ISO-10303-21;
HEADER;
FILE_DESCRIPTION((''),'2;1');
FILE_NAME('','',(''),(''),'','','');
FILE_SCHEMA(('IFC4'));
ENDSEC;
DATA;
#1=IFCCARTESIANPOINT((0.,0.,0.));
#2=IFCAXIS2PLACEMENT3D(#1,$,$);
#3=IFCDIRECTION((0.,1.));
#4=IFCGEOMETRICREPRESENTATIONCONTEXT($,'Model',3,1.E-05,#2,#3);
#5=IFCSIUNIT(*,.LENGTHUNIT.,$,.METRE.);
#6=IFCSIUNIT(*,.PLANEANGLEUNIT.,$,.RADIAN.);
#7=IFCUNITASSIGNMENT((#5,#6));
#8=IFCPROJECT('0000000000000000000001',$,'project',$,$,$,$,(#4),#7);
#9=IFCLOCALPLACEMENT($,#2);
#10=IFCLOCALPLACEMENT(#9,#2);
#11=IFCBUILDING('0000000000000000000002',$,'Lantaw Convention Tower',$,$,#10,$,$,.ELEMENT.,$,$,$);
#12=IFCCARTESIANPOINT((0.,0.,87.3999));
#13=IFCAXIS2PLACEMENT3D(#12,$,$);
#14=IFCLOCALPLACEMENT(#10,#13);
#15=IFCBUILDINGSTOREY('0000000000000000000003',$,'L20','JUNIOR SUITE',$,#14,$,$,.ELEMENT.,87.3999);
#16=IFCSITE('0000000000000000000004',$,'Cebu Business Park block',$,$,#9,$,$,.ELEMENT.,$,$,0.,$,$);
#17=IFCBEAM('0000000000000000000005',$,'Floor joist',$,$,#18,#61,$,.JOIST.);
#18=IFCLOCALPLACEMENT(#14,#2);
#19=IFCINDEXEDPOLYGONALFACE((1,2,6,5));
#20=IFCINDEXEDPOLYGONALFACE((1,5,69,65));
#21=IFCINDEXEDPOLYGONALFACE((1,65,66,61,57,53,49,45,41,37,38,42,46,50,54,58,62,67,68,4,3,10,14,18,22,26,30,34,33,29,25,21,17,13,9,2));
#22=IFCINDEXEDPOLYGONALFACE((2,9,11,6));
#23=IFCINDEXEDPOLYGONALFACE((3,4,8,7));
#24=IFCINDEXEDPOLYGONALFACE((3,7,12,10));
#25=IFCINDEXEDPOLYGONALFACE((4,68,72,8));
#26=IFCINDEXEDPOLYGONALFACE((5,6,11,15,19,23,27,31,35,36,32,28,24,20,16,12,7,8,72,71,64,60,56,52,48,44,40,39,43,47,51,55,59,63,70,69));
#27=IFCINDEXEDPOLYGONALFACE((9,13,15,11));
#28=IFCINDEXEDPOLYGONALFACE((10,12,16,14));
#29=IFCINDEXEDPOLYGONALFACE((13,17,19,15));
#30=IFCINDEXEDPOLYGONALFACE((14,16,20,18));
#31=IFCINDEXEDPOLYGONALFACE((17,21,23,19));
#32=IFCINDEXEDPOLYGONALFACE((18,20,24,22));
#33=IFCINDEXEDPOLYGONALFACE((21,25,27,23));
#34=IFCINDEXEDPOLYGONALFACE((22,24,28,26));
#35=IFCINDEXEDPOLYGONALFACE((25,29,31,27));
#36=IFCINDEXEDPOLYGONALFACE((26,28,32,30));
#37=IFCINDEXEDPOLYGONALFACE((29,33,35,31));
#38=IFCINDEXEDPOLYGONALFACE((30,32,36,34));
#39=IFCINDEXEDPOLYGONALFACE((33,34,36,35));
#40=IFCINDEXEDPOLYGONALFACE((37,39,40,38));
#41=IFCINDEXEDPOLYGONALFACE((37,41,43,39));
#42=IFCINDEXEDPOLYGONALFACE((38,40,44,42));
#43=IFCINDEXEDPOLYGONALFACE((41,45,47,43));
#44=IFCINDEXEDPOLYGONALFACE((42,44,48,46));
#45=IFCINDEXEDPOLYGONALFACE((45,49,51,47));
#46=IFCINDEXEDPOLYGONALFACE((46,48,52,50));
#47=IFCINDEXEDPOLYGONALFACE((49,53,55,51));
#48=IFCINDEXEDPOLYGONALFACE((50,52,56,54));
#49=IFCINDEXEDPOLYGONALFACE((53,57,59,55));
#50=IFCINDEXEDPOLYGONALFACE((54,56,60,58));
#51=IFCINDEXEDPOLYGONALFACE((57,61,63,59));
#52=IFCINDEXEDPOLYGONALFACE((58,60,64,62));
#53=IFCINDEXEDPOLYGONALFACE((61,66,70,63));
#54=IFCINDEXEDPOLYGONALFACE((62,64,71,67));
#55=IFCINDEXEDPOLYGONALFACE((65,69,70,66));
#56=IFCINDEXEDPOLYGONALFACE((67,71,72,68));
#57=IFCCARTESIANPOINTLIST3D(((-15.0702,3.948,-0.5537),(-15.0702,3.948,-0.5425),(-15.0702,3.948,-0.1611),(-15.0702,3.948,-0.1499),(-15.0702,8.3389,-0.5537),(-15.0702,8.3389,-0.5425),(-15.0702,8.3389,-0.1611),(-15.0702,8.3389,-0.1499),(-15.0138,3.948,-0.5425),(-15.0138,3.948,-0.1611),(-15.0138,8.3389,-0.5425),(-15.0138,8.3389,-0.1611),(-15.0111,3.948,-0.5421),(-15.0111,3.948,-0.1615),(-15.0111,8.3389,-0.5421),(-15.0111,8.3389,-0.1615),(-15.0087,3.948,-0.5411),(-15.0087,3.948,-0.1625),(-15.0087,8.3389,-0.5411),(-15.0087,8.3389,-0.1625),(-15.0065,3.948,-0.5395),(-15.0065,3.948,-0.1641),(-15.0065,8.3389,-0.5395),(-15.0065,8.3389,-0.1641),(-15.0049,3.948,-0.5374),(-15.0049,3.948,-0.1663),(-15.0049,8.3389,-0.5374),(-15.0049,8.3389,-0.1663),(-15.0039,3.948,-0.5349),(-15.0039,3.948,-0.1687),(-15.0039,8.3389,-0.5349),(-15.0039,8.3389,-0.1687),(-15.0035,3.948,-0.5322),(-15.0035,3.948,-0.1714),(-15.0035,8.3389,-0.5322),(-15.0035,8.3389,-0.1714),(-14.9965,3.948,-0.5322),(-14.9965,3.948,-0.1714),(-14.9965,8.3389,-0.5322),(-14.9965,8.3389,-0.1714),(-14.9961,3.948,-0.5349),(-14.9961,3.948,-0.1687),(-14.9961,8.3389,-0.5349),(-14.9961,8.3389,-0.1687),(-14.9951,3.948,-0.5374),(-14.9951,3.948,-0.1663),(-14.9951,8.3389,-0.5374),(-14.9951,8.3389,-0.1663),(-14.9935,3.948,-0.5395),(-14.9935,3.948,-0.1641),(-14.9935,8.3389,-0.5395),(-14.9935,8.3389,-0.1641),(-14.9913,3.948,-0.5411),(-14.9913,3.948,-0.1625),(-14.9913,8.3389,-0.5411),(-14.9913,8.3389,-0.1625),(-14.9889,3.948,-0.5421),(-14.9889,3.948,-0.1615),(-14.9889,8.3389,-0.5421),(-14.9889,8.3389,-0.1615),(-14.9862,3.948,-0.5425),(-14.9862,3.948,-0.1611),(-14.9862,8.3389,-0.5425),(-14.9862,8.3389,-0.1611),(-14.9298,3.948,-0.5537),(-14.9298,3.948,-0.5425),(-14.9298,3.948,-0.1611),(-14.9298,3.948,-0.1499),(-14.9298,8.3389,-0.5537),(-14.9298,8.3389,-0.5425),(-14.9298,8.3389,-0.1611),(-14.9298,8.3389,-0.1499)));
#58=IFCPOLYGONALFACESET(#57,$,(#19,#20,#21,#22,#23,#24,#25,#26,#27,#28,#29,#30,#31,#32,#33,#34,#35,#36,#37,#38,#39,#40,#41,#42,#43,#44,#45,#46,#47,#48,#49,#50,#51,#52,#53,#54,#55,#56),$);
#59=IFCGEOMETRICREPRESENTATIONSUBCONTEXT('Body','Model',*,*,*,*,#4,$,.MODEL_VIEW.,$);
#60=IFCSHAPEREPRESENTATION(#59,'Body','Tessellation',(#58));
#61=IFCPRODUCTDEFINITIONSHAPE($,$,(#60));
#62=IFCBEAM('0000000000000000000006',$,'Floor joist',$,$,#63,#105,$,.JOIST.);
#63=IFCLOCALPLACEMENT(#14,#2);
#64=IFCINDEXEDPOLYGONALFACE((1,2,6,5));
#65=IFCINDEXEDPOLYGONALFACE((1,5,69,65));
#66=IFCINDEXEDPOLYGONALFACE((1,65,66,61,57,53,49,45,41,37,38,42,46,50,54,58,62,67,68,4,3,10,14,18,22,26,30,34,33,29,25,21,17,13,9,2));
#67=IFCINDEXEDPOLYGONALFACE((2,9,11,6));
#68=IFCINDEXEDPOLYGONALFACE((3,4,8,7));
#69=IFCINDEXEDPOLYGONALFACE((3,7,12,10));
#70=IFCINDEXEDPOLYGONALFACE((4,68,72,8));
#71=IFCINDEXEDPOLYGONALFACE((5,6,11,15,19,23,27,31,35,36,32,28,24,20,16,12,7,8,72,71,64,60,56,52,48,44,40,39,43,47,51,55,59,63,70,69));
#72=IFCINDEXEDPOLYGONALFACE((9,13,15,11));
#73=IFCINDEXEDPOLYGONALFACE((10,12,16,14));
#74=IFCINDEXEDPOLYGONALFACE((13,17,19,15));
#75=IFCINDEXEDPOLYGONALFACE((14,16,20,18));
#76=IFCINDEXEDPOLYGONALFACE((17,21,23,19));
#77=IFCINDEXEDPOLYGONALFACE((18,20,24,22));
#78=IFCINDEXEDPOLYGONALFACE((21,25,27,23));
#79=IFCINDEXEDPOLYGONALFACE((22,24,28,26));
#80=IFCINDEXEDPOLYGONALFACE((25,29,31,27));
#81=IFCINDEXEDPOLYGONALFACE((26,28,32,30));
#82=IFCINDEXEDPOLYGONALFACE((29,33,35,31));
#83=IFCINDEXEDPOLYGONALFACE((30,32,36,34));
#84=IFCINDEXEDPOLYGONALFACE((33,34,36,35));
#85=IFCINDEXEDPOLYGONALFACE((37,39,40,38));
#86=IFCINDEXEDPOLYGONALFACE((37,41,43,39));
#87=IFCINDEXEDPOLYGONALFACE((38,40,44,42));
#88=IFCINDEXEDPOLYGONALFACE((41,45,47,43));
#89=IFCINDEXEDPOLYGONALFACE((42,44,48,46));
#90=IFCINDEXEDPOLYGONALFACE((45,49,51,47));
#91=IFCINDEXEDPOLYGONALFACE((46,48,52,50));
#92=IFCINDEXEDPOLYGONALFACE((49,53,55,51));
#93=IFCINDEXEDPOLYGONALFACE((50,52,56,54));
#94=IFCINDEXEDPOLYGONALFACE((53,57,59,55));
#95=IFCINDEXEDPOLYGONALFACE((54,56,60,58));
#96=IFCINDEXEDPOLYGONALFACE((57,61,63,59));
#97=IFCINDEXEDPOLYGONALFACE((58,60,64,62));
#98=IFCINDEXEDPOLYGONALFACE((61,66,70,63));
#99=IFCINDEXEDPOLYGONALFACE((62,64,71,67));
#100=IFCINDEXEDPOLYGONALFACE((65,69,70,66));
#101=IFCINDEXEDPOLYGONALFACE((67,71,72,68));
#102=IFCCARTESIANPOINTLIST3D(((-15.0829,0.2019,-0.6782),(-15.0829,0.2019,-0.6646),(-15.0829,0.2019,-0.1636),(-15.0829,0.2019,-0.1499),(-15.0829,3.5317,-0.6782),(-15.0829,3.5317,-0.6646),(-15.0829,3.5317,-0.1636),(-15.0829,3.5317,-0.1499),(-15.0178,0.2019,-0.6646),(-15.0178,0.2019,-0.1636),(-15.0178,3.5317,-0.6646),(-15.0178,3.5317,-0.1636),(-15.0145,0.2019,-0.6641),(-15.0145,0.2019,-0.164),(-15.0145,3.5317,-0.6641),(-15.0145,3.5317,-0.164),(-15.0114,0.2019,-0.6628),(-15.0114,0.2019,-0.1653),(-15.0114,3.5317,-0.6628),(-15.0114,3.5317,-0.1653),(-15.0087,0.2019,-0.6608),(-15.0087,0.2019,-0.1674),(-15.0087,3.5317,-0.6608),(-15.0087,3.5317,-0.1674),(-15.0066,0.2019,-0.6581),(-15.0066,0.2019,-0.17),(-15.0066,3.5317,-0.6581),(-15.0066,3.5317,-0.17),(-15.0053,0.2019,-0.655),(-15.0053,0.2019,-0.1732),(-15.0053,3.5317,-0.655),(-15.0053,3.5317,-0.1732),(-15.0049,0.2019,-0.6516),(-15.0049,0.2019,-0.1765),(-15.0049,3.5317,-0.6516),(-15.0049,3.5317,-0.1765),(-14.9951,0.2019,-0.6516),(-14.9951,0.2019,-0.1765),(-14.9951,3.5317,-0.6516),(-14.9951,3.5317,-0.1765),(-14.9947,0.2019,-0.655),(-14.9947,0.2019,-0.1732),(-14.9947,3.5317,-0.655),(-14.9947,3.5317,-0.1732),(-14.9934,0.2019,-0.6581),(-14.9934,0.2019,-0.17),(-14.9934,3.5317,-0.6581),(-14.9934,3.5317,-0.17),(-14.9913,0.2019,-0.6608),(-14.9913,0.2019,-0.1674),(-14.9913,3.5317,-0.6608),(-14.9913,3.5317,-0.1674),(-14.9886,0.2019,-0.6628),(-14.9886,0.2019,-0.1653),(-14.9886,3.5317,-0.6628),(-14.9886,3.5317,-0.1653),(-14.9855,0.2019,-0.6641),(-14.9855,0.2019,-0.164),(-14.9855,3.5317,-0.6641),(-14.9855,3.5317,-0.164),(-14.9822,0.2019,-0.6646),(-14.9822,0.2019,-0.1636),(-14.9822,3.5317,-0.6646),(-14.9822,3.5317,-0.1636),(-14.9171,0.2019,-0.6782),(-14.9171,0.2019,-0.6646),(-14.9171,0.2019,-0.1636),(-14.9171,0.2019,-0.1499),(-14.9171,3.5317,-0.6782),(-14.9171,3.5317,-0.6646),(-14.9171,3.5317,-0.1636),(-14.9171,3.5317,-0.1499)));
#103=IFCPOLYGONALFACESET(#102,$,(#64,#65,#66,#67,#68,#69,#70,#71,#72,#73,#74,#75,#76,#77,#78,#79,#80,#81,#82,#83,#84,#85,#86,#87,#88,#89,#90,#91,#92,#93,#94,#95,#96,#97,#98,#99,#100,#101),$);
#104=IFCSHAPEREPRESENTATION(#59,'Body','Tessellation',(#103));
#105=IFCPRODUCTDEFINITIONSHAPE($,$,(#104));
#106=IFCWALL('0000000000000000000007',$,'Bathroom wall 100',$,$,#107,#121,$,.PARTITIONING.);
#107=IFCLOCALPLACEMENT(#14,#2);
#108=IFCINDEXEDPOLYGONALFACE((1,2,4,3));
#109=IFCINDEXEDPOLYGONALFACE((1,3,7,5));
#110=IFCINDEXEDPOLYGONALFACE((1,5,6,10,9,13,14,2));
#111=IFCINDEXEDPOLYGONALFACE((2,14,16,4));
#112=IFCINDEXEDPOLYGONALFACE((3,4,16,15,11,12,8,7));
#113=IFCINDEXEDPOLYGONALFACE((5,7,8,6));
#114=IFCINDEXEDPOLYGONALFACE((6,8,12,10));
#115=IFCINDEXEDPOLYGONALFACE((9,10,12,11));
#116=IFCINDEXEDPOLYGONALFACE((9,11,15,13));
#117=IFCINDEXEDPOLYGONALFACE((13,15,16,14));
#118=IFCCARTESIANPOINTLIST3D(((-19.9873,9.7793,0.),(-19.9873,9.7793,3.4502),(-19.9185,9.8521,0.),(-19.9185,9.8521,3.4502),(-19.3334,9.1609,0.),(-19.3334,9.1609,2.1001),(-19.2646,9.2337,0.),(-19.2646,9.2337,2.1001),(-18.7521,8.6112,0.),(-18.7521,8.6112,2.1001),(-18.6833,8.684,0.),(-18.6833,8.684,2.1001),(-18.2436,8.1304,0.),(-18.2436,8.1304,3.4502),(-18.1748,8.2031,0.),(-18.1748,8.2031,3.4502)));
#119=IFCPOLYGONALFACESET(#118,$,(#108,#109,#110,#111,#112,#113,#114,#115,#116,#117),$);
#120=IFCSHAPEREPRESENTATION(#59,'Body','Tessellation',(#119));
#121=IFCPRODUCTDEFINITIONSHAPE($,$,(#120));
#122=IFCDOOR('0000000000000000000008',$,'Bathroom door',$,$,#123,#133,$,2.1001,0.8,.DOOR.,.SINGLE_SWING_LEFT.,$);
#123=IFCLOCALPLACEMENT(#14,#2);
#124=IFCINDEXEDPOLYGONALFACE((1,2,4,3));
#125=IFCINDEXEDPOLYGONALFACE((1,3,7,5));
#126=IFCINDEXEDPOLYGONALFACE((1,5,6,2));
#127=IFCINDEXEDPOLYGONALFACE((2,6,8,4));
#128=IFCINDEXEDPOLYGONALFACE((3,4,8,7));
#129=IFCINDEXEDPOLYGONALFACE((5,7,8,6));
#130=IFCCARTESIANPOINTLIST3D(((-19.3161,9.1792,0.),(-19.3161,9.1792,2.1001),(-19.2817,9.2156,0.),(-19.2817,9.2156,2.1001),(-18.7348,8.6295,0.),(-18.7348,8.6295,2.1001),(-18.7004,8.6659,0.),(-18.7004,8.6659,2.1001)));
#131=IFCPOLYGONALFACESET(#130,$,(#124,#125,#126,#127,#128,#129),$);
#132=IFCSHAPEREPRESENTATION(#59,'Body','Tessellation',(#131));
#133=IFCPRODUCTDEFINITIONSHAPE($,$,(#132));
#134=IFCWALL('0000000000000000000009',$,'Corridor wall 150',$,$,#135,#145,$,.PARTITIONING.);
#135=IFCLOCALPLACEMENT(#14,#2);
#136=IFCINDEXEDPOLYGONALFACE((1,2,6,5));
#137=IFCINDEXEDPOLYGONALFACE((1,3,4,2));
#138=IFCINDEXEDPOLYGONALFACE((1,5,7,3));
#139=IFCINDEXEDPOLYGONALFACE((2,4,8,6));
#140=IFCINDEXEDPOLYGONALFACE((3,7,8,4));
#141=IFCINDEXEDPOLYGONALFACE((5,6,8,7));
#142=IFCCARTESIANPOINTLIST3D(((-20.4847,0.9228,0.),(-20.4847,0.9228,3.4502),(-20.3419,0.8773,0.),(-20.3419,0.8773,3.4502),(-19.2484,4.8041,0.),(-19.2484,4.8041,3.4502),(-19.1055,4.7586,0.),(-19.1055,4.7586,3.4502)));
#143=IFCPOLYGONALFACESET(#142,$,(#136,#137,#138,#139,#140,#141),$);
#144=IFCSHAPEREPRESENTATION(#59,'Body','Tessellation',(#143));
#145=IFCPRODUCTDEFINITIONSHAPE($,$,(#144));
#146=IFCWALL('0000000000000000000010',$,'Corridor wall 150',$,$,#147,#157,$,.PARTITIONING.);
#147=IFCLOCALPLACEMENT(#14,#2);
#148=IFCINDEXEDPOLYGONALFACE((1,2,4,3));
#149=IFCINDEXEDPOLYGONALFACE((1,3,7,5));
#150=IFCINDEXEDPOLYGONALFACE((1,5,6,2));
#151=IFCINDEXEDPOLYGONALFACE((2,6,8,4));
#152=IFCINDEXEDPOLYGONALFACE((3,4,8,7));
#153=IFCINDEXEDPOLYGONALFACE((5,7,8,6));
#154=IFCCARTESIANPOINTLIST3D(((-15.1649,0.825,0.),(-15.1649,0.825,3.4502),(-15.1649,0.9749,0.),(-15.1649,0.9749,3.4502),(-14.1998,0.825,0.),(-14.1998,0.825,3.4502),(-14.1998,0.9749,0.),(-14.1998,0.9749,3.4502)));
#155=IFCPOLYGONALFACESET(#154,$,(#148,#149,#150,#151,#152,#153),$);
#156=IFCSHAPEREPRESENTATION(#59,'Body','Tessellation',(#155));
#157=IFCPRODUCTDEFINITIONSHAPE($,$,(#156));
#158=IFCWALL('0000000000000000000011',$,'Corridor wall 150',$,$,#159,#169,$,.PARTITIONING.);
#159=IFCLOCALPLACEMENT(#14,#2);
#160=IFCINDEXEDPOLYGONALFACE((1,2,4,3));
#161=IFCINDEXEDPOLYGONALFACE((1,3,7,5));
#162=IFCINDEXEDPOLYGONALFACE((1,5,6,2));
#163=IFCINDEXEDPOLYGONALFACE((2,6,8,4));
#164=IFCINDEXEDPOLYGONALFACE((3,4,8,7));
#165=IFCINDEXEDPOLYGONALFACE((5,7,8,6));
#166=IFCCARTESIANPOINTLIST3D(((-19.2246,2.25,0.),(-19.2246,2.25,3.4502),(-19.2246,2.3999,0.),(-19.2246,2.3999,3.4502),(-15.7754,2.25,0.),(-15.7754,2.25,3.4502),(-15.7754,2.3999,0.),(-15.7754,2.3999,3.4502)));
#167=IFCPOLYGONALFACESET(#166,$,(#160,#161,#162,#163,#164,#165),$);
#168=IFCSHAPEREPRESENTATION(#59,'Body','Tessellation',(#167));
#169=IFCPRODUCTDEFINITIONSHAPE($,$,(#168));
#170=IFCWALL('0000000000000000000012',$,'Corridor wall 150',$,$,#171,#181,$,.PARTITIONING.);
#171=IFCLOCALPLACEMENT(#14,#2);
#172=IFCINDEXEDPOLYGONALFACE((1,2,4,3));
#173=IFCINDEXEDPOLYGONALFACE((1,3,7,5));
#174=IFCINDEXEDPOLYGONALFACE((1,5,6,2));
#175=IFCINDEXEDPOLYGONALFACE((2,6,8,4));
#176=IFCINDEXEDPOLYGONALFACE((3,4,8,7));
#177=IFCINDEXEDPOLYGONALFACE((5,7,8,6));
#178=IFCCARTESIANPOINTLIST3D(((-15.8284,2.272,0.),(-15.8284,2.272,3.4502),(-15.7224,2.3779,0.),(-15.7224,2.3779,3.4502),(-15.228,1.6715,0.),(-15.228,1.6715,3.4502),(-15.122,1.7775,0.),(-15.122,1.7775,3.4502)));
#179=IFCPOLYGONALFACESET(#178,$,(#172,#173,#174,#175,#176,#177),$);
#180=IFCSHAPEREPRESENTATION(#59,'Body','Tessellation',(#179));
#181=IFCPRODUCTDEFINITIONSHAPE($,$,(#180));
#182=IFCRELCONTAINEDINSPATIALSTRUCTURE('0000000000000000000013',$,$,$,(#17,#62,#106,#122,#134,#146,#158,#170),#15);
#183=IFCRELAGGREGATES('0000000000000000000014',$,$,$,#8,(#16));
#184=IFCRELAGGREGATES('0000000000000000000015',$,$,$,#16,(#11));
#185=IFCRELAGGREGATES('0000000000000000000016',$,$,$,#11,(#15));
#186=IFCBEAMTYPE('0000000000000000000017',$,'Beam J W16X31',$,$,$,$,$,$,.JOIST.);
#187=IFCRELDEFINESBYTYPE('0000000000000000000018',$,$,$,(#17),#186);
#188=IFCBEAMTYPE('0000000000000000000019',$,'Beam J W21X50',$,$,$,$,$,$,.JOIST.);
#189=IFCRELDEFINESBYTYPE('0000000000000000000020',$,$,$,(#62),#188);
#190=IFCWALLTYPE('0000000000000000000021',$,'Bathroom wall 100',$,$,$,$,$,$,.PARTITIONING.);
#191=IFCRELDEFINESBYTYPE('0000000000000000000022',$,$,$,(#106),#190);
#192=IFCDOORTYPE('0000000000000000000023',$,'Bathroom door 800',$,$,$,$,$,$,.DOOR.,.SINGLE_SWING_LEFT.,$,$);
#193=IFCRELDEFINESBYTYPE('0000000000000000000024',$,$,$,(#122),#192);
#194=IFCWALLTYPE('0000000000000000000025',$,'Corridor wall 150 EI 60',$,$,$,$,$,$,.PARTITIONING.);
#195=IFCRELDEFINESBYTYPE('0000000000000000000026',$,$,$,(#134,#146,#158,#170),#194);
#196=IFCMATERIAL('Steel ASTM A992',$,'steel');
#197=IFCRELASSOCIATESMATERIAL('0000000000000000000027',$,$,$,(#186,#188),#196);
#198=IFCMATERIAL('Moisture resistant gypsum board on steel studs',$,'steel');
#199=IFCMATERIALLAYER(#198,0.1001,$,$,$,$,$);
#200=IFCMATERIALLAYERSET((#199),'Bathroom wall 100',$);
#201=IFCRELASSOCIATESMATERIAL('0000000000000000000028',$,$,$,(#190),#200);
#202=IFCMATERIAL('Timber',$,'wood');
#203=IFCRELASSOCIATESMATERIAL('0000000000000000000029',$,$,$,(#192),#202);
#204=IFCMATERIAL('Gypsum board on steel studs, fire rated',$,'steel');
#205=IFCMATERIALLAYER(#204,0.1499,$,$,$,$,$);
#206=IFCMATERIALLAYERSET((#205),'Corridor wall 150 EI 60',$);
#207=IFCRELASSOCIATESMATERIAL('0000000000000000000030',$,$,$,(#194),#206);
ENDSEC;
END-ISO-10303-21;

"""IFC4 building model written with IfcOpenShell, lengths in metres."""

from ifc_helpers import new_model, si_unit, direction, frame, frame_2d, origin, origin_2d, place, context, subcontext, project, spatial, rectangle, i_section, extrude, material, layer, layer_set, material_profile, profile_set, type_object, element, fill, save


model = new_model("IFC4")

# Units and contexts
model_context = context("Model", 3, precision=1e-05, world=origin(), true_north=direction((0.0, 1.0)))
body_context = subcontext(model_context, "Body", "Model", "MODEL_VIEW")
ifc_project = project(units=[si_unit("LENGTHUNIT", "METRE"), si_unit("PLANEANGLEUNIT", "RADIAN")], contexts=[model_context])

# Site, building, storey
site_placement = place(None, origin())
site = spatial("IfcSite", under=ifc_project, at=site_placement, Name="Cebu Business Park block", CompositionType="ELEMENT", RefElevation=0.0)
building_placement = place(site_placement, origin())
building = spatial("IfcBuilding", under=site, at=building_placement, Name="Lantaw Convention Tower", CompositionType="ELEMENT")
storey_placement = place(building_placement, frame((0.0, 0.0, 87.3999)))
storey = spatial("IfcBuildingStorey", under=building, at=storey_placement, Name="L20", Description="JUNIOR SUITE", CompositionType="ELEMENT", Elevation=87.3999)

# Beams
ifc_material_1 = material(Name="Steel ASTM A992", Category="steel")
ifc_material_profile_1 = material_profile(ifc_material_1, i_section(OverallWidth=0.1404, OverallDepth=0.4038, WebThickness=0.0071, FlangeThickness=0.0112, FilletRadius=0.0103, at=origin_2d()), Name="W16X31")
ifc_profile_set_1 = profile_set([ifc_material_profile_1], Name="Steel ASTM A992")
beam_type_1 = type_object("IfcBeamType", Name="Beam J W16X31", PredefinedType="JOIST", material=ifc_profile_set_1)
beam_1_placement = place(storey_placement, frame((-15.0, 3.948, -0.3518), z_axis=(0.0, 1.0, 0.0), x_axis=(-1.0, 0.0, 0.0)))
element("IfcBeam", 1, at=beam_1_placement, inside=storey, type_object=beam_type_1, Name="Floor joist", PredefinedType="JOIST", context=body_context, shape_type="SweptSolid", body=[
    extrude(i_section(OverallWidth=0.1404, OverallDepth=0.4038, WebThickness=0.0071, FlangeThickness=0.0112, FilletRadius=0.0103, at=origin_2d()), origin(), (0.0, 0.0, 1.0), 4.3909),
])
ifc_material_profile_2 = material_profile(ifc_material_1, i_section(OverallWidth=0.1658, OverallDepth=0.5283, WebThickness=0.0098, FlangeThickness=0.0137, FilletRadius=0.0129, at=origin_2d()), Name="W21X50")
ifc_profile_set_2 = profile_set([ifc_material_profile_2], Name="Steel ASTM A992")
beam_type_2 = type_object("IfcBeamType", Name="Beam J W21X50", PredefinedType="JOIST", material=ifc_profile_set_2)
beam_2_placement = place(storey_placement, frame((-15.0, 0.2019, -0.4141), z_axis=(0.0, 1.0, 0.0), x_axis=(-1.0, 0.0, 0.0)))
element("IfcBeam", 2, at=beam_2_placement, inside=storey, type_object=beam_type_2, Name="Floor joist", PredefinedType="JOIST", context=body_context, shape_type="SweptSolid", body=[
    extrude(i_section(OverallWidth=0.1658, OverallDepth=0.5283, WebThickness=0.0098, FlangeThickness=0.0137, FilletRadius=0.0129, at=origin_2d()), origin(), (0.0, 0.0, 1.0), 3.3298),
])

# Wall, opening, door
ifc_material_2 = material(Name="Moisture resistant gypsum board on steel studs", Category="steel")
ifc_layer_1 = layer(ifc_material_2, 0.1001)
ifc_layer_set_1 = layer_set([ifc_layer_1], Name="Bathroom wall 100")
wall_type_1 = type_object("IfcWallType", Name="Bathroom wall 100", PredefinedType="PARTITIONING", material=ifc_layer_set_1)
wall_1_placement = place(storey_placement, frame((-18.2092, 8.1667, 0.0), z_axis=(0.0, 0.0, 1.0), x_axis=(-0.726567, 0.687095, 0.0)))
wall_1 = element("IfcWall", 3, at=wall_1_placement, inside=storey, type_object=wall_type_1, Name="Bathroom wall 100", PredefinedType="PARTITIONING", context=body_context, shape_type="SweptSolid", body=[
    extrude(rectangle(XDim=2.3999, YDim=0.1001, at=frame_2d((1.2, 0.0))), origin(), (0.0, 0.0, 1.0), 3.4502),
])
opening_1_placement = place(wall_1_placement, frame((0.7, 0.0, 0.0)))
opening_1 = element("IfcOpeningElement", 4, at=opening_1_placement, cuts=wall_1, PredefinedType="OPENING", context=body_context, shape_type="SweptSolid", body=[
    extrude(rectangle(XDim=0.8, YDim=2.1001, at=frame_2d((0.3999, 1.05))), frame((0.0, 0.0601, 0.0), z_axis=(0.0, -1.0, 0.0), x_axis=(1.0, 0.0, 0.0)), (0.0, 0.0, 1.0), 0.1201),
])
ifc_material_3 = material(Name="Timber", Category="wood")
door_type_1 = type_object("IfcDoorType", Name="Bathroom door 800", OperationType="SINGLE_SWING_LEFT", PredefinedType="DOOR", material=ifc_material_3)
door_1_placement = place(opening_1_placement, origin())
door_1 = element("IfcDoor", 5, at=door_1_placement, inside=storey, type_object=door_type_1, Name="Bathroom door", OperationType="SINGLE_SWING_LEFT", OverallHeight=2.1001, OverallWidth=0.8, PredefinedType="DOOR", context=body_context, shape_type="SweptSolid", body=[
    extrude(rectangle(XDim=0.8, YDim=2.1001, at=frame_2d((0.3999, 1.05))), frame((0.0, 0.0249, 0.0), z_axis=(0.0, -1.0, 0.0), x_axis=(1.0, 0.0, 0.0)), (0.0, 0.0, 1.0), 0.05),
])
fill(opening_1, door_1)

# Walls
ifc_material_4 = material(Name="Gypsum board on steel studs, fire rated", Category="steel")
ifc_layer_2 = layer(ifc_material_4, 0.1499)
ifc_layer_set_2 = layer_set([ifc_layer_2], Name="Corridor wall 150 EI 60")
wall_type_2 = type_object("IfcWallType", Name="Corridor wall 150 EI 60", PredefinedType="PARTITIONING", material=ifc_layer_set_2)
wall_2_placement = place(storey_placement, frame((-19.177, 4.7812, 0.0), z_axis=(0.0, 0.0, 1.0), x_axis=(-0.303505, -0.95283, 0.0)))
element("IfcWall", 6, at=wall_2_placement, inside=storey, type_object=wall_type_2, Name="Corridor wall 150", PredefinedType="PARTITIONING", context=body_context, shape_type="SweptSolid", body=[
    extrude(rectangle(XDim=4.0735, YDim=0.1499, at=frame_2d((2.0366, 0.0))), origin(), (0.0, 0.0, 1.0), 3.4502),
])
wall_3_placement = place(storey_placement, frame((-14.2, 0.8999, 0.0), z_axis=(0.0, 0.0, 1.0), x_axis=(-1.0, 0.0, 0.0)))
element("IfcWall", 7, at=wall_3_placement, inside=storey, type_object=wall_type_2, Name="Corridor wall 150", PredefinedType="PARTITIONING", context=body_context, shape_type="SweptSolid", body=[
    extrude(rectangle(XDim=0.9651, YDim=0.1499, at=frame_2d((0.4824, 0.0))), origin(), (0.0, 0.0, 1.0), 3.4502),
])
wall_4_placement = place(storey_placement, frame((-19.2246, 2.325, 0.0), z_axis=(0.0, 0.0, 1.0), x_axis=(1.0, 0.0, 0.0)))
element("IfcWall", 8, at=wall_4_placement, inside=storey, type_object=wall_type_2, Name="Corridor wall 150", PredefinedType="PARTITIONING", context=body_context, shape_type="SweptSolid", body=[
    extrude(rectangle(XDim=3.4492, YDim=0.1499, at=frame_2d((1.7246, 0.0))), origin(), (0.0, 0.0, 1.0), 3.4502),
])
wall_5_placement = place(storey_placement, frame((-15.7754, 2.325, 0.0), z_axis=(0.0, 0.0, 1.0), x_axis=(0.707107, -0.707107, 0.0)))
element("IfcWall", 9, at=wall_5_placement, inside=storey, type_object=wall_type_2, Name="Corridor wall 150", PredefinedType="PARTITIONING", context=body_context, shape_type="SweptSolid", body=[
    extrude(rectangle(XDim=0.8491, YDim=0.1499, at=frame_2d((0.4246, 0.0))), origin(), (0.0, 0.0, 1.0), 3.4502),
])

save(model, "model.ifc")
